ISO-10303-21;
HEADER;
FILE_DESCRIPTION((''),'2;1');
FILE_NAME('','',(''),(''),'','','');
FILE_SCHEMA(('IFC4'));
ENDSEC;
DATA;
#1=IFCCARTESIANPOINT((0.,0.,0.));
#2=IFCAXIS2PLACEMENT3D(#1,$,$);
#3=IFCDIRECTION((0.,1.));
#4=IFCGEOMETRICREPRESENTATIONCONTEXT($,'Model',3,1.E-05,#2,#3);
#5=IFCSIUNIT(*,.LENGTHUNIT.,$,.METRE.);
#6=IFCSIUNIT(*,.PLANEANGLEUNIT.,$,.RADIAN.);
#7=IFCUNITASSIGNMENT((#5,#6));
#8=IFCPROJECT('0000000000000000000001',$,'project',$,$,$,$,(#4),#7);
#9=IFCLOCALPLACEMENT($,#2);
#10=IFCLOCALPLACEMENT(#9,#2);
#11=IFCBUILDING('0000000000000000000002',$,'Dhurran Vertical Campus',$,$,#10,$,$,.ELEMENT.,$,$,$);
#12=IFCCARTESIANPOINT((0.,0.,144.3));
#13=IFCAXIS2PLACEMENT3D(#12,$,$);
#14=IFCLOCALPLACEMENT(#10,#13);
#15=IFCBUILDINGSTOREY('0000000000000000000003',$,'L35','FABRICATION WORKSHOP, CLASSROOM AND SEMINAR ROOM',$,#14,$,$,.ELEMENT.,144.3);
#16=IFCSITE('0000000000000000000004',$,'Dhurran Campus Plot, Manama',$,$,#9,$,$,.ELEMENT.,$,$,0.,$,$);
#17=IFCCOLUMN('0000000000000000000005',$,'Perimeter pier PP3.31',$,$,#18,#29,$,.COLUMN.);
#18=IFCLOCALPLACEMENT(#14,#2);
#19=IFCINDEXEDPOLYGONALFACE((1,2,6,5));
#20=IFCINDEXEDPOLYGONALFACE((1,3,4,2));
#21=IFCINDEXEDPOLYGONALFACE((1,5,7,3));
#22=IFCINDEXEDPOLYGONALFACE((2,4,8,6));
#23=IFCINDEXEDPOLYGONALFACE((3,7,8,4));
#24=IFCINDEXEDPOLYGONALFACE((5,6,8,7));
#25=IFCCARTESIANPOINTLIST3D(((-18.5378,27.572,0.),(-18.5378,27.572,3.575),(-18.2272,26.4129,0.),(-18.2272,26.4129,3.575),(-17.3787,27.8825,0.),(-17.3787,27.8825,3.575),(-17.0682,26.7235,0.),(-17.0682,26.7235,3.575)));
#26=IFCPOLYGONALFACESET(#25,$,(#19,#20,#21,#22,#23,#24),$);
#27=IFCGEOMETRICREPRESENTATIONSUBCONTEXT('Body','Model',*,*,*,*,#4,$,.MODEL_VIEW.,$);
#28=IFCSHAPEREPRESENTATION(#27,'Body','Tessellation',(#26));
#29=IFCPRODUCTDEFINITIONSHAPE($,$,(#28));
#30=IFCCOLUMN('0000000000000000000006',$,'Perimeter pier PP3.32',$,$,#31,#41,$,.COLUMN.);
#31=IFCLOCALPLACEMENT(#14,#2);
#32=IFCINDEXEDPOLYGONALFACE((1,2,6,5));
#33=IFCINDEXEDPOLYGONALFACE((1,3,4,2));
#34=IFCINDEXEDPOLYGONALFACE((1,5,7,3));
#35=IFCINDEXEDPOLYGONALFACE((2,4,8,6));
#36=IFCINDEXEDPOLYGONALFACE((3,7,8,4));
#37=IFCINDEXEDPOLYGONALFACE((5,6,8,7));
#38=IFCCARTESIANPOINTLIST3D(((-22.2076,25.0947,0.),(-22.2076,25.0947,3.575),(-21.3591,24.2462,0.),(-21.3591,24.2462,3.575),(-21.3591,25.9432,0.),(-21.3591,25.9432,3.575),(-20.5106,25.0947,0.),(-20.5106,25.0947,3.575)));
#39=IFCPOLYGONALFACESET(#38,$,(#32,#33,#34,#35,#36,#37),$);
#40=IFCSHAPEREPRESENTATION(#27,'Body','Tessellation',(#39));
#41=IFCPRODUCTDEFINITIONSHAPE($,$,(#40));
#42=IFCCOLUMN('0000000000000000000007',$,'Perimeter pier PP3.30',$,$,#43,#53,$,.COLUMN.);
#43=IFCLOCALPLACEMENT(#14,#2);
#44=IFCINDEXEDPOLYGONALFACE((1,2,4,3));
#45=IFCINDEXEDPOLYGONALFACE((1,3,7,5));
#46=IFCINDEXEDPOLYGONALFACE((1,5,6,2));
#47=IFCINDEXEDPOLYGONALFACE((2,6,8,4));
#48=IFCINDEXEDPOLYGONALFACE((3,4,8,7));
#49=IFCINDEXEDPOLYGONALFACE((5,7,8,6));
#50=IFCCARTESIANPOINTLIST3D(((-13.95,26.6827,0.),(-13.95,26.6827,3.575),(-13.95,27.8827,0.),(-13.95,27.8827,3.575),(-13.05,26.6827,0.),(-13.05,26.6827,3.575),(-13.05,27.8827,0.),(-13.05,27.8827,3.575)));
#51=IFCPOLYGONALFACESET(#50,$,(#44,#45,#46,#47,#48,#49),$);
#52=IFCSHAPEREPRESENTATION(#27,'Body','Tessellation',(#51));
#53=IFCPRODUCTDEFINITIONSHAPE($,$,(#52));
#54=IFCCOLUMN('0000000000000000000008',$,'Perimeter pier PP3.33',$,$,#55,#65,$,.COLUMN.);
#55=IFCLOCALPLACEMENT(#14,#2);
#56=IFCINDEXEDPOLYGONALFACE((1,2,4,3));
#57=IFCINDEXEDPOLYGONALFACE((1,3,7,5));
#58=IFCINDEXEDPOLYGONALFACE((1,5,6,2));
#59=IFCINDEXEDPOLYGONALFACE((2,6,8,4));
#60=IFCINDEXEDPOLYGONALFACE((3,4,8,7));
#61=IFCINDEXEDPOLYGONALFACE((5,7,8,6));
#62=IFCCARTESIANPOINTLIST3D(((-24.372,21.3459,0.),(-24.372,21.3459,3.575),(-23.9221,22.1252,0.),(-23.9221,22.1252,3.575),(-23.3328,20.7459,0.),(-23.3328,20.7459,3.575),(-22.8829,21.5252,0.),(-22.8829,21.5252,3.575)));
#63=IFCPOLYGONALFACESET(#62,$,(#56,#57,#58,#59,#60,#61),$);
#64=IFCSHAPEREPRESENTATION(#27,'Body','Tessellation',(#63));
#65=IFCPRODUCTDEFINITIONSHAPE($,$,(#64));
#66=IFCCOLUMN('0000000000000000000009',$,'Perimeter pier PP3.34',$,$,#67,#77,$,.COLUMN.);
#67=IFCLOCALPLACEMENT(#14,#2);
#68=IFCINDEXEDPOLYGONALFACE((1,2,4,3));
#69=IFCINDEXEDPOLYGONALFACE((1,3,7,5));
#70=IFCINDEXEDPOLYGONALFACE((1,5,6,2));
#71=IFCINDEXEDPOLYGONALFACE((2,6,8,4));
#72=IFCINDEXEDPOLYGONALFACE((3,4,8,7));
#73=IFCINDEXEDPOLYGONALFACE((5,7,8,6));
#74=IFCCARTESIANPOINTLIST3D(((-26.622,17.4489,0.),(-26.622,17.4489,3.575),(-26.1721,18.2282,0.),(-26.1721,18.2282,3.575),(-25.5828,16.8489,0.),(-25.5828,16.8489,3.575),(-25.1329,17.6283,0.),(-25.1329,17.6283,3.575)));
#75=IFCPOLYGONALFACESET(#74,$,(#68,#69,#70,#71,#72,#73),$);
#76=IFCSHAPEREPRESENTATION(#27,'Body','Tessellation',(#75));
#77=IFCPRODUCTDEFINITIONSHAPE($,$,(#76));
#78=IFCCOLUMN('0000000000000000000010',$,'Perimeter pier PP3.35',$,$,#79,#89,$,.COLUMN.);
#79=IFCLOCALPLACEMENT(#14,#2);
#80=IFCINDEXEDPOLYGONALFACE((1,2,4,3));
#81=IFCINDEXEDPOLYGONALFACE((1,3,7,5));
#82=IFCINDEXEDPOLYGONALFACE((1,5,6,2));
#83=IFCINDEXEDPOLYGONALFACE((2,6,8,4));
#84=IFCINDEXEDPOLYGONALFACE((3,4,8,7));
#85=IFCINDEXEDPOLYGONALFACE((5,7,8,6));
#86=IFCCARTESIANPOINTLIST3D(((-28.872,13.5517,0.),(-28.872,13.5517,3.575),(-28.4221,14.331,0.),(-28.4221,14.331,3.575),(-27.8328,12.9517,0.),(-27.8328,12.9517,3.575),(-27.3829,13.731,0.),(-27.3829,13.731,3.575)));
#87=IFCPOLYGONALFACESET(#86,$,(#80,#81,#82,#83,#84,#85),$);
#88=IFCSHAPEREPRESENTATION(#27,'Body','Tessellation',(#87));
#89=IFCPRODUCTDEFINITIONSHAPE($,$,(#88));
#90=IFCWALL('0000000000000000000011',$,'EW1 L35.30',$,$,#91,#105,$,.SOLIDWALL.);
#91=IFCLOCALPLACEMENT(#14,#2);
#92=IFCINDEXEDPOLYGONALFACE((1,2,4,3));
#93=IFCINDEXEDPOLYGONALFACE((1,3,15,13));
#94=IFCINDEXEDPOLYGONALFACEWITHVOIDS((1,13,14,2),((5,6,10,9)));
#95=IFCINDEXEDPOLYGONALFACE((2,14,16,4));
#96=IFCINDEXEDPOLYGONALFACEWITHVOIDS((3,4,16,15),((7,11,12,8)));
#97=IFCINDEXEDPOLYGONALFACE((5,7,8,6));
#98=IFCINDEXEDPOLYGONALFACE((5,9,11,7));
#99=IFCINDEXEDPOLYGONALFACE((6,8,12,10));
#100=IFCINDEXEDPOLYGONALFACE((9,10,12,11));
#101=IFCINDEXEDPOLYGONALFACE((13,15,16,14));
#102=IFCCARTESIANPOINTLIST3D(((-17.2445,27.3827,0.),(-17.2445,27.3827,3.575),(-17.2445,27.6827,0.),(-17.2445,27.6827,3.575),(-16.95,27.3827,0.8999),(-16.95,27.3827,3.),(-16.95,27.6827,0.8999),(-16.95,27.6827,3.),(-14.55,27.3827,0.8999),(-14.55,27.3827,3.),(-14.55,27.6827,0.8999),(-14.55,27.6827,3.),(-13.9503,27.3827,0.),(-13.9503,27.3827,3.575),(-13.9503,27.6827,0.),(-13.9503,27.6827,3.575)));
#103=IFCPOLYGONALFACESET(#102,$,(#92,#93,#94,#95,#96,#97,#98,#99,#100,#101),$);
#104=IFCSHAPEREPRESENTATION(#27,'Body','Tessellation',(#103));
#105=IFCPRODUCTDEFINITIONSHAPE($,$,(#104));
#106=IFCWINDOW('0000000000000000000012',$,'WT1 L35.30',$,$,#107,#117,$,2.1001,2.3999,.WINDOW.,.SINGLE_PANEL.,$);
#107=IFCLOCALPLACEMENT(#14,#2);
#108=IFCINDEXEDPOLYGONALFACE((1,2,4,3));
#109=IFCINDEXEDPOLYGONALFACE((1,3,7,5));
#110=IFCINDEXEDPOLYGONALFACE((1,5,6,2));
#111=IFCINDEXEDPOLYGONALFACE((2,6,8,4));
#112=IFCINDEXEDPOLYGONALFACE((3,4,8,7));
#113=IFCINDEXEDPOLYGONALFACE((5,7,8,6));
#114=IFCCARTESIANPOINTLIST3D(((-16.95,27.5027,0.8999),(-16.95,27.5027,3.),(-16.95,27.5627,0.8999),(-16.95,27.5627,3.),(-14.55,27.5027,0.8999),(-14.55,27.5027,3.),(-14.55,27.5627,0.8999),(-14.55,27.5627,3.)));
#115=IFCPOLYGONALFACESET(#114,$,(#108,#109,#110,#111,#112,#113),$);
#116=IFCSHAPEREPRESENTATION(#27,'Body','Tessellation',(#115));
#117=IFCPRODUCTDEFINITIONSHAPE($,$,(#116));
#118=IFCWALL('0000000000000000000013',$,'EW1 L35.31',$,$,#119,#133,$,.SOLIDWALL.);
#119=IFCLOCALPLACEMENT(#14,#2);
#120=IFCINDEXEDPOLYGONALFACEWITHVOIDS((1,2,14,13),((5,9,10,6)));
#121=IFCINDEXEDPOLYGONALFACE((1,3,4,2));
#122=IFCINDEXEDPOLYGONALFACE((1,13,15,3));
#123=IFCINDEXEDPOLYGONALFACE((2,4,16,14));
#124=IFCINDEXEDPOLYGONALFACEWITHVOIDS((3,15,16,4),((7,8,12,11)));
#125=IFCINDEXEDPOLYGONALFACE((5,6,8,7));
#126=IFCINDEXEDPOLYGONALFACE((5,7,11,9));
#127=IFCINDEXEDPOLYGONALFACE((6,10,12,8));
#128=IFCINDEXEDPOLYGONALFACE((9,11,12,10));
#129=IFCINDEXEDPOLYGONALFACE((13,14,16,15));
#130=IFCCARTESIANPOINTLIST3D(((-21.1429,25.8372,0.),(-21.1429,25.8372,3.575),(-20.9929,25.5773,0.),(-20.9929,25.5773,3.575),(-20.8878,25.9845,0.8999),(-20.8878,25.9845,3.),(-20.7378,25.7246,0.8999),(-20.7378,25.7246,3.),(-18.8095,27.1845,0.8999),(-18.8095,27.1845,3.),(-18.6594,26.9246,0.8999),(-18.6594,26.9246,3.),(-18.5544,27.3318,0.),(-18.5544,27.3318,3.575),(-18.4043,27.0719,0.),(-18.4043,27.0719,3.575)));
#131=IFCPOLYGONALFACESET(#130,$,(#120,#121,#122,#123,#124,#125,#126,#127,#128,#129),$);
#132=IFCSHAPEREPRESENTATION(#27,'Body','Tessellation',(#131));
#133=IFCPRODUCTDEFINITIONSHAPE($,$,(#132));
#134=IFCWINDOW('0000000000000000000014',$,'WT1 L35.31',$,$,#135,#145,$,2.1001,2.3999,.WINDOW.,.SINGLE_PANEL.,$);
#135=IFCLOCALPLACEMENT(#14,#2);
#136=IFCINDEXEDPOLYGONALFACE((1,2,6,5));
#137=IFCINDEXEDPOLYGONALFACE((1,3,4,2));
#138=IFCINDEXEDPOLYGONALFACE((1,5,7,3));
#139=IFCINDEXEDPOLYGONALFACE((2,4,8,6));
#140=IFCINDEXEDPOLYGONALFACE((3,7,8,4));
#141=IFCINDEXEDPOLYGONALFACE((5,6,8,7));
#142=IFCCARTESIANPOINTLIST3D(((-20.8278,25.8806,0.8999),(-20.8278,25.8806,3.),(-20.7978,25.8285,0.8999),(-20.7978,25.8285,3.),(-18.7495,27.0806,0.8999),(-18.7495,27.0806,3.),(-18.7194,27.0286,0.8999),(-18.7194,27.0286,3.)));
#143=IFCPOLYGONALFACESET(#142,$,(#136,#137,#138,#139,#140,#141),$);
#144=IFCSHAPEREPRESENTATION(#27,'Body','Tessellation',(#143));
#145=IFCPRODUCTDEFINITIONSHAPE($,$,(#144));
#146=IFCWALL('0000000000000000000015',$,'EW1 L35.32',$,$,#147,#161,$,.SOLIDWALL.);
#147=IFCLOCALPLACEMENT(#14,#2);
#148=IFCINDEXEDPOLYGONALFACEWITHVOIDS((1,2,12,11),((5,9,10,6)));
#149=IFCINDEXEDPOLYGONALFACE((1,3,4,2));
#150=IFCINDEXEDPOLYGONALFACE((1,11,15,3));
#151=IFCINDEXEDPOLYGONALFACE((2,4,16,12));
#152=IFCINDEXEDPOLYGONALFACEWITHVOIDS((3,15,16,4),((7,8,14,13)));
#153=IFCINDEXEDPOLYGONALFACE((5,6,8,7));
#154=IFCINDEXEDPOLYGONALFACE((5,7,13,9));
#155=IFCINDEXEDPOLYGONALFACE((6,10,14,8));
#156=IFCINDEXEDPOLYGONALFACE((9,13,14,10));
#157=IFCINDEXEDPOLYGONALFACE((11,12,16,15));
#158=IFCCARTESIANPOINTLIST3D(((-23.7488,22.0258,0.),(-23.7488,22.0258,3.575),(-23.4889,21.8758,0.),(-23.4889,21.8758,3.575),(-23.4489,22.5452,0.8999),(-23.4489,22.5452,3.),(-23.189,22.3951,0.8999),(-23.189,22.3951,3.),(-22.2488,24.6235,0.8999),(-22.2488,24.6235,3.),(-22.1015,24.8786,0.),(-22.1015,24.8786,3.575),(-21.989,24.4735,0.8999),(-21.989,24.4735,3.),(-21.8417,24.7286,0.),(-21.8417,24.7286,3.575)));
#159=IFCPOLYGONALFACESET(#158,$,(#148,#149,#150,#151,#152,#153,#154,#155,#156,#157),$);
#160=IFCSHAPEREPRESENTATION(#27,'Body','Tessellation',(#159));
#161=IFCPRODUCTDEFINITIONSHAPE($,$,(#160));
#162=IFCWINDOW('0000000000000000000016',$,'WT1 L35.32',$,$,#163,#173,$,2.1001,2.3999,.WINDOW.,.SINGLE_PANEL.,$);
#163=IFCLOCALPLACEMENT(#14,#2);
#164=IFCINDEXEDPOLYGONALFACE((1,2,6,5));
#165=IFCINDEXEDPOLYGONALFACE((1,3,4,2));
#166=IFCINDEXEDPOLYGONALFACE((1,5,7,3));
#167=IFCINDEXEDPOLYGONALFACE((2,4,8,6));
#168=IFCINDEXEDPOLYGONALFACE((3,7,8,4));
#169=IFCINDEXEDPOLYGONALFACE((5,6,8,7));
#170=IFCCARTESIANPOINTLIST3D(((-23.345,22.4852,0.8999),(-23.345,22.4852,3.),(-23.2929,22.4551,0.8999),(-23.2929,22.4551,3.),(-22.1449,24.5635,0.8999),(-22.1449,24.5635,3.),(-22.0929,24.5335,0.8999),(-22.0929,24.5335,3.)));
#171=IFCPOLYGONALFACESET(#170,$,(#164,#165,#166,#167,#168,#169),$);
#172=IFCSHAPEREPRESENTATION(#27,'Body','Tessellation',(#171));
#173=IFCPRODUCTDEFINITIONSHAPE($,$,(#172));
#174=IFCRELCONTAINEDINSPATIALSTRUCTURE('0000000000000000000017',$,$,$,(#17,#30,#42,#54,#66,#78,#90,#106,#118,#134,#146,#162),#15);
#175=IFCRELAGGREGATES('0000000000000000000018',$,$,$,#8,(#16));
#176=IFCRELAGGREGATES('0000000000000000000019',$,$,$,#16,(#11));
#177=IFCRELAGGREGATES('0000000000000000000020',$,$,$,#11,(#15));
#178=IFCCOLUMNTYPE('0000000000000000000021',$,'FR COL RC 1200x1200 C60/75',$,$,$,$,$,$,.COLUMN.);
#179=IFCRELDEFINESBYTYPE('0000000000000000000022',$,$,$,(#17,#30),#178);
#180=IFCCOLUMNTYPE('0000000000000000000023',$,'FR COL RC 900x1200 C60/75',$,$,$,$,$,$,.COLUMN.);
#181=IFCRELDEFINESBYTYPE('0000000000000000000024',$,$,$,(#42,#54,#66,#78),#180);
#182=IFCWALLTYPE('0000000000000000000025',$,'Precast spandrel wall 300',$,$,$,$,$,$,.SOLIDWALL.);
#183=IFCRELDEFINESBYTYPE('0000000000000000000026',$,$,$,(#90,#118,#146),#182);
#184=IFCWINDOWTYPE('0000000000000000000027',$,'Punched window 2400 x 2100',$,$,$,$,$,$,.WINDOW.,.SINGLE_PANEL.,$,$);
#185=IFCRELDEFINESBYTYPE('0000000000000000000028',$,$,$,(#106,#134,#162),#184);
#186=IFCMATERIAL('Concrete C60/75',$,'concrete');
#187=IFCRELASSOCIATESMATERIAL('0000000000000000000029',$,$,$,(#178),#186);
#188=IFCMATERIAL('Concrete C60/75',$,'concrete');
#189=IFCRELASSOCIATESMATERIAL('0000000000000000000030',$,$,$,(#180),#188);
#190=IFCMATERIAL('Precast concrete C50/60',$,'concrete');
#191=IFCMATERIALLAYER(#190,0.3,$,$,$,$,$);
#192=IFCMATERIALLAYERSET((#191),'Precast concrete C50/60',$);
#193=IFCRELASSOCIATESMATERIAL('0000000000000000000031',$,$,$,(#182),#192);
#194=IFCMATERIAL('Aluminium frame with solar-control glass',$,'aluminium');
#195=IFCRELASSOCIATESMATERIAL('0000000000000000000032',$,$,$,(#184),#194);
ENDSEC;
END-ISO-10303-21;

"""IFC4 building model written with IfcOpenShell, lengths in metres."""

from ifc_helpers import new_model, si_unit, direction, frame, frame_2d, origin, origin_2d, place, context, subcontext, project, spatial, rectangle, extrude, material, layer, layer_set, material_profile, profile_set, type_object, element, fill, save


model = new_model("IFC4")

# Units and contexts
model_context = context("Model", 3, precision=1e-05, world=origin(), true_north=direction((0.0, 1.0)))
body_context = subcontext(model_context, "Body", "Model", "MODEL_VIEW")
ifc_project = project(units=[si_unit("LENGTHUNIT", "METRE"), si_unit("PLANEANGLEUNIT", "RADIAN")], contexts=[model_context])

# Site, building, storey
site_placement = place(None, origin())
site = spatial("IfcSite", under=ifc_project, at=site_placement, Name="Dhurran Campus Plot, Manama", CompositionType="ELEMENT", RefElevation=0.0)
building_placement = place(site_placement, origin())
building = spatial("IfcBuilding", under=site, at=building_placement, Name="Dhurran Vertical Campus", CompositionType="ELEMENT")
storey_placement = place(building_placement, frame((0.0, 0.0, 144.3)))
storey = spatial("IfcBuildingStorey", under=building, at=storey_placement, Name="L35", Description="FABRICATION WORKSHOP, CLASSROOM AND SEMINAR ROOM", CompositionType="ELEMENT", Elevation=144.3)

# Columns
ifc_material_1 = material(Name="Concrete C60/75", Category="concrete")
ifc_material_profile_1 = material_profile(ifc_material_1, rectangle(XDim=1.2, YDim=1.2, at=origin_2d()), Name="RC 1200x1200")
ifc_profile_set_1 = profile_set([ifc_material_profile_1], Name="Concrete C60/75")
column_type_1 = type_object("IfcColumnType", Name="FR COL RC 1200x1200 C60/75", PredefinedType="COLUMN", material=ifc_profile_set_1)
for number, where, z_axis, x_axis, name in (
    (1, (-17.803, 27.1477, 0.0), (0.0, 0.0, 1.0), (-0.965926, -0.258819, 0.0), "Perimeter pier PP3.31"),
    (2, (-21.3591, 25.0947, 0.0), (0.0, 0.0, 1.0), (-0.707107, -0.707107, 0.0), "Perimeter pier PP3.32"),
):
    element("IfcColumn", number, at=place(storey_placement, frame(where, z_axis=z_axis, x_axis=x_axis)), inside=storey, type_object=column_type_1, Name=name, PredefinedType="COLUMN", context=body_context, shape_type="SweptSolid", body=[
        extrude(rectangle(XDim=1.2, YDim=1.2, at=origin_2d()), origin(), (0.0, 0.0, 1.0), 3.575),
    ])
ifc_material_2 = material(Name="Concrete C60/75", Category="concrete")
ifc_material_profile_2 = material_profile(ifc_material_2, rectangle(XDim=0.8999, YDim=1.2, at=origin_2d()), Name="RC 900x1200")
ifc_profile_set_2 = profile_set([ifc_material_profile_2], Name="Concrete C60/75")
column_type_2 = type_object("IfcColumnType", Name="FR COL RC 900x1200 C60/75", PredefinedType="COLUMN", material=ifc_profile_set_2)
for number, where, z_axis, x_axis, name in (
    (3, (-13.5, 27.2827, 0.0), (0.0, 0.0, 1.0), (-1.0, 0.0, 0.0), "Perimeter pier PP3.30"),
    (4, (-23.6274, 21.4355, 0.0), (0.0, 0.0, 1.0), (-0.5, -0.866025, 0.0), "Perimeter pier PP3.33"),
    (5, (-25.8774, 17.5386, 0.0), (0.0, 0.0, 1.0), (-0.5, -0.866025, 0.0), "Perimeter pier PP3.34"),
    (6, (-28.1274, 13.6414, 0.0), (0.0, 0.0, 1.0), (-0.5, -0.866025, 0.0), "Perimeter pier PP3.35"),
):
    element("IfcColumn", number, at=place(storey_placement, frame(where, z_axis=z_axis, x_axis=x_axis)), inside=storey, type_object=column_type_2, Name=name, PredefinedType="COLUMN", context=body_context, shape_type="SweptSolid", body=[
        extrude(rectangle(XDim=0.8999, YDim=1.2, at=origin_2d()), origin(), (0.0, 0.0, 1.0), 3.575),
    ])

# Walls, openings, windows
ifc_material_3 = material(Name="Precast concrete C50/60", Category="concrete")
ifc_layer_1 = layer(ifc_material_3, 0.3)
ifc_layer_set_1 = layer_set([ifc_layer_1], Name="Precast concrete C50/60")
wall_type_1 = type_object("IfcWallType", Name="Precast spandrel wall 300", PredefinedType="SOLIDWALL", material=ifc_layer_set_1)
wall_1_placement = place(storey_placement, frame((-13.9504, 27.5327, 0.0), z_axis=(0.0, 0.0, 1.0), x_axis=(-1.0, 0.0, 0.0)))
wall_1 = element("IfcWall", 7, at=wall_1_placement, inside=storey, type_object=wall_type_1, Name="EW1 L35.30", PredefinedType="SOLIDWALL", context=body_context, shape_type="SweptSolid", body=[
    extrude(rectangle(XDim=3.2942, YDim=0.3, at=frame_2d((1.647, 0.0))), origin(), (0.0, 0.0, 1.0), 3.575),
])
opening_1_placement = place(wall_1_placement, frame((0.5996, 0.0, 0.8999)))
opening_1 = element("IfcOpeningElement", 8, at=opening_1_placement, cuts=wall_1, PredefinedType="OPENING", context=body_context, shape_type="SweptSolid", body=[
    extrude(rectangle(XDim=2.3999, YDim=2.1001, at=frame_2d((1.2, 1.05))), frame((0.0, 0.1599, 0.0), z_axis=(0.0, -1.0, 0.0), x_axis=(1.0, 0.0, 0.0)), (0.0, 0.0, 1.0), 0.3201),
])
ifc_material_4 = material(Name="Aluminium frame with solar-control glass", Category="aluminium")
window_type = type_object("IfcWindowType", Name="Punched window 2400 x 2100", PartitioningType="SINGLE_PANEL", PredefinedType="WINDOW", material=ifc_material_4)
window_1_placement = place(opening_1_placement, origin())
window_1 = element("IfcWindow", 9, at=window_1_placement, inside=storey, type_object=window_type, Name="WT1 L35.30", OverallHeight=2.1001, OverallWidth=2.3999, PartitioningType="SINGLE_PANEL", PredefinedType="WINDOW", context=body_context, shape_type="SweptSolid", body=[
    extrude(rectangle(XDim=2.3999, YDim=2.1001, at=frame_2d((1.2, 1.05))), frame((0.0, 0.03, 0.0), z_axis=(0.0, -1.0, 0.0), x_axis=(1.0, 0.0, 0.0)), (0.0, 0.0, 1.0), 0.0601),
])
fill(opening_1, window_1)
wall_2_placement = place(storey_placement, frame((-18.4792, 27.2019, 0.0), z_axis=(0.0, 0.0, 1.0), x_axis=(-0.866013, -0.500022, 0.0)))
wall_2 = element("IfcWall", 10, at=wall_2_placement, inside=storey, type_object=wall_type_1, Name="EW1 L35.31", PredefinedType="SOLIDWALL", context=body_context, shape_type="SweptSolid", body=[
    extrude(rectangle(XDim=2.989, YDim=0.3, at=frame_2d((1.4946, 0.0))), origin(), (0.0, 0.0, 1.0), 3.575),
])
opening_2_placement = place(wall_2_placement, frame((0.2947, 0.0, 0.8999)))
opening_2 = element("IfcOpeningElement", 11, at=opening_2_placement, cuts=wall_2, PredefinedType="OPENING", context=body_context, shape_type="SweptSolid", body=[
    extrude(rectangle(XDim=2.3999, YDim=2.1001, at=frame_2d((1.2, 1.05))), frame((0.0, 0.1599, 0.0), z_axis=(0.0, -1.0, 0.0), x_axis=(1.0, 0.0, 0.0)), (0.0, 0.0, 1.0), 0.3201),
])
window_2_placement = place(opening_2_placement, origin())
window_2 = element("IfcWindow", 12, at=window_2_placement, inside=storey, type_object=window_type, Name="WT1 L35.31", OverallHeight=2.1001, OverallWidth=2.3999, PartitioningType="SINGLE_PANEL", PredefinedType="WINDOW", context=body_context, shape_type="SweptSolid", body=[
    extrude(rectangle(XDim=2.3999, YDim=2.1001, at=frame_2d((1.2, 1.05))), frame((0.0, 0.03, 0.0), z_axis=(0.0, -1.0, 0.0), x_axis=(1.0, 0.0, 0.0)), (0.0, 0.0, 1.0), 0.0601),
])
fill(opening_2, window_2)
wall_3_placement = place(storey_placement, frame((-21.9717, 24.8035, 0.0), z_axis=(0.0, 0.0, 1.0), x_axis=(-0.500037, -0.866004, 0.0)))
wall_3 = element("IfcWall", 13, at=wall_3_placement, inside=storey, type_object=wall_type_1, Name="EW1 L35.32", PredefinedType="SOLIDWALL", context=body_context, shape_type="SweptSolid", body=[
    extrude(rectangle(XDim=3.2942, YDim=0.3, at=frame_2d((1.647, 0.0))), origin(), (0.0, 0.0, 1.0), 3.575),
])
opening_3_placement = place(wall_3_placement, frame((0.2944, 0.0, 0.8999)))
opening_3 = element("IfcOpeningElement", 14, at=opening_3_placement, cuts=wall_3, PredefinedType="OPENING", context=body_context, shape_type="SweptSolid", body=[
    extrude(rectangle(XDim=2.3999, YDim=2.1001, at=frame_2d((1.2, 1.05))), frame((0.0, 0.1599, 0.0), z_axis=(0.0, -1.0, 0.0), x_axis=(1.0, 0.0, 0.0)), (0.0, 0.0, 1.0), 0.3201),
])
window_3_placement = place(opening_3_placement, origin())
window_3 = element("IfcWindow", 15, at=window_3_placement, inside=storey, type_object=window_type, Name="WT1 L35.32", OverallHeight=2.1001, OverallWidth=2.3999, PartitioningType="SINGLE_PANEL", PredefinedType="WINDOW", context=body_context, shape_type="SweptSolid", body=[
    extrude(rectangle(XDim=2.3999, YDim=2.1001, at=frame_2d((1.2, 1.05))), frame((0.0, 0.03, 0.0), z_axis=(0.0, -1.0, 0.0), x_axis=(1.0, 0.0, 0.0)), (0.0, 0.0, 1.0), 0.0601),
])
fill(opening_3, window_3)

save(model, "model.ifc")
